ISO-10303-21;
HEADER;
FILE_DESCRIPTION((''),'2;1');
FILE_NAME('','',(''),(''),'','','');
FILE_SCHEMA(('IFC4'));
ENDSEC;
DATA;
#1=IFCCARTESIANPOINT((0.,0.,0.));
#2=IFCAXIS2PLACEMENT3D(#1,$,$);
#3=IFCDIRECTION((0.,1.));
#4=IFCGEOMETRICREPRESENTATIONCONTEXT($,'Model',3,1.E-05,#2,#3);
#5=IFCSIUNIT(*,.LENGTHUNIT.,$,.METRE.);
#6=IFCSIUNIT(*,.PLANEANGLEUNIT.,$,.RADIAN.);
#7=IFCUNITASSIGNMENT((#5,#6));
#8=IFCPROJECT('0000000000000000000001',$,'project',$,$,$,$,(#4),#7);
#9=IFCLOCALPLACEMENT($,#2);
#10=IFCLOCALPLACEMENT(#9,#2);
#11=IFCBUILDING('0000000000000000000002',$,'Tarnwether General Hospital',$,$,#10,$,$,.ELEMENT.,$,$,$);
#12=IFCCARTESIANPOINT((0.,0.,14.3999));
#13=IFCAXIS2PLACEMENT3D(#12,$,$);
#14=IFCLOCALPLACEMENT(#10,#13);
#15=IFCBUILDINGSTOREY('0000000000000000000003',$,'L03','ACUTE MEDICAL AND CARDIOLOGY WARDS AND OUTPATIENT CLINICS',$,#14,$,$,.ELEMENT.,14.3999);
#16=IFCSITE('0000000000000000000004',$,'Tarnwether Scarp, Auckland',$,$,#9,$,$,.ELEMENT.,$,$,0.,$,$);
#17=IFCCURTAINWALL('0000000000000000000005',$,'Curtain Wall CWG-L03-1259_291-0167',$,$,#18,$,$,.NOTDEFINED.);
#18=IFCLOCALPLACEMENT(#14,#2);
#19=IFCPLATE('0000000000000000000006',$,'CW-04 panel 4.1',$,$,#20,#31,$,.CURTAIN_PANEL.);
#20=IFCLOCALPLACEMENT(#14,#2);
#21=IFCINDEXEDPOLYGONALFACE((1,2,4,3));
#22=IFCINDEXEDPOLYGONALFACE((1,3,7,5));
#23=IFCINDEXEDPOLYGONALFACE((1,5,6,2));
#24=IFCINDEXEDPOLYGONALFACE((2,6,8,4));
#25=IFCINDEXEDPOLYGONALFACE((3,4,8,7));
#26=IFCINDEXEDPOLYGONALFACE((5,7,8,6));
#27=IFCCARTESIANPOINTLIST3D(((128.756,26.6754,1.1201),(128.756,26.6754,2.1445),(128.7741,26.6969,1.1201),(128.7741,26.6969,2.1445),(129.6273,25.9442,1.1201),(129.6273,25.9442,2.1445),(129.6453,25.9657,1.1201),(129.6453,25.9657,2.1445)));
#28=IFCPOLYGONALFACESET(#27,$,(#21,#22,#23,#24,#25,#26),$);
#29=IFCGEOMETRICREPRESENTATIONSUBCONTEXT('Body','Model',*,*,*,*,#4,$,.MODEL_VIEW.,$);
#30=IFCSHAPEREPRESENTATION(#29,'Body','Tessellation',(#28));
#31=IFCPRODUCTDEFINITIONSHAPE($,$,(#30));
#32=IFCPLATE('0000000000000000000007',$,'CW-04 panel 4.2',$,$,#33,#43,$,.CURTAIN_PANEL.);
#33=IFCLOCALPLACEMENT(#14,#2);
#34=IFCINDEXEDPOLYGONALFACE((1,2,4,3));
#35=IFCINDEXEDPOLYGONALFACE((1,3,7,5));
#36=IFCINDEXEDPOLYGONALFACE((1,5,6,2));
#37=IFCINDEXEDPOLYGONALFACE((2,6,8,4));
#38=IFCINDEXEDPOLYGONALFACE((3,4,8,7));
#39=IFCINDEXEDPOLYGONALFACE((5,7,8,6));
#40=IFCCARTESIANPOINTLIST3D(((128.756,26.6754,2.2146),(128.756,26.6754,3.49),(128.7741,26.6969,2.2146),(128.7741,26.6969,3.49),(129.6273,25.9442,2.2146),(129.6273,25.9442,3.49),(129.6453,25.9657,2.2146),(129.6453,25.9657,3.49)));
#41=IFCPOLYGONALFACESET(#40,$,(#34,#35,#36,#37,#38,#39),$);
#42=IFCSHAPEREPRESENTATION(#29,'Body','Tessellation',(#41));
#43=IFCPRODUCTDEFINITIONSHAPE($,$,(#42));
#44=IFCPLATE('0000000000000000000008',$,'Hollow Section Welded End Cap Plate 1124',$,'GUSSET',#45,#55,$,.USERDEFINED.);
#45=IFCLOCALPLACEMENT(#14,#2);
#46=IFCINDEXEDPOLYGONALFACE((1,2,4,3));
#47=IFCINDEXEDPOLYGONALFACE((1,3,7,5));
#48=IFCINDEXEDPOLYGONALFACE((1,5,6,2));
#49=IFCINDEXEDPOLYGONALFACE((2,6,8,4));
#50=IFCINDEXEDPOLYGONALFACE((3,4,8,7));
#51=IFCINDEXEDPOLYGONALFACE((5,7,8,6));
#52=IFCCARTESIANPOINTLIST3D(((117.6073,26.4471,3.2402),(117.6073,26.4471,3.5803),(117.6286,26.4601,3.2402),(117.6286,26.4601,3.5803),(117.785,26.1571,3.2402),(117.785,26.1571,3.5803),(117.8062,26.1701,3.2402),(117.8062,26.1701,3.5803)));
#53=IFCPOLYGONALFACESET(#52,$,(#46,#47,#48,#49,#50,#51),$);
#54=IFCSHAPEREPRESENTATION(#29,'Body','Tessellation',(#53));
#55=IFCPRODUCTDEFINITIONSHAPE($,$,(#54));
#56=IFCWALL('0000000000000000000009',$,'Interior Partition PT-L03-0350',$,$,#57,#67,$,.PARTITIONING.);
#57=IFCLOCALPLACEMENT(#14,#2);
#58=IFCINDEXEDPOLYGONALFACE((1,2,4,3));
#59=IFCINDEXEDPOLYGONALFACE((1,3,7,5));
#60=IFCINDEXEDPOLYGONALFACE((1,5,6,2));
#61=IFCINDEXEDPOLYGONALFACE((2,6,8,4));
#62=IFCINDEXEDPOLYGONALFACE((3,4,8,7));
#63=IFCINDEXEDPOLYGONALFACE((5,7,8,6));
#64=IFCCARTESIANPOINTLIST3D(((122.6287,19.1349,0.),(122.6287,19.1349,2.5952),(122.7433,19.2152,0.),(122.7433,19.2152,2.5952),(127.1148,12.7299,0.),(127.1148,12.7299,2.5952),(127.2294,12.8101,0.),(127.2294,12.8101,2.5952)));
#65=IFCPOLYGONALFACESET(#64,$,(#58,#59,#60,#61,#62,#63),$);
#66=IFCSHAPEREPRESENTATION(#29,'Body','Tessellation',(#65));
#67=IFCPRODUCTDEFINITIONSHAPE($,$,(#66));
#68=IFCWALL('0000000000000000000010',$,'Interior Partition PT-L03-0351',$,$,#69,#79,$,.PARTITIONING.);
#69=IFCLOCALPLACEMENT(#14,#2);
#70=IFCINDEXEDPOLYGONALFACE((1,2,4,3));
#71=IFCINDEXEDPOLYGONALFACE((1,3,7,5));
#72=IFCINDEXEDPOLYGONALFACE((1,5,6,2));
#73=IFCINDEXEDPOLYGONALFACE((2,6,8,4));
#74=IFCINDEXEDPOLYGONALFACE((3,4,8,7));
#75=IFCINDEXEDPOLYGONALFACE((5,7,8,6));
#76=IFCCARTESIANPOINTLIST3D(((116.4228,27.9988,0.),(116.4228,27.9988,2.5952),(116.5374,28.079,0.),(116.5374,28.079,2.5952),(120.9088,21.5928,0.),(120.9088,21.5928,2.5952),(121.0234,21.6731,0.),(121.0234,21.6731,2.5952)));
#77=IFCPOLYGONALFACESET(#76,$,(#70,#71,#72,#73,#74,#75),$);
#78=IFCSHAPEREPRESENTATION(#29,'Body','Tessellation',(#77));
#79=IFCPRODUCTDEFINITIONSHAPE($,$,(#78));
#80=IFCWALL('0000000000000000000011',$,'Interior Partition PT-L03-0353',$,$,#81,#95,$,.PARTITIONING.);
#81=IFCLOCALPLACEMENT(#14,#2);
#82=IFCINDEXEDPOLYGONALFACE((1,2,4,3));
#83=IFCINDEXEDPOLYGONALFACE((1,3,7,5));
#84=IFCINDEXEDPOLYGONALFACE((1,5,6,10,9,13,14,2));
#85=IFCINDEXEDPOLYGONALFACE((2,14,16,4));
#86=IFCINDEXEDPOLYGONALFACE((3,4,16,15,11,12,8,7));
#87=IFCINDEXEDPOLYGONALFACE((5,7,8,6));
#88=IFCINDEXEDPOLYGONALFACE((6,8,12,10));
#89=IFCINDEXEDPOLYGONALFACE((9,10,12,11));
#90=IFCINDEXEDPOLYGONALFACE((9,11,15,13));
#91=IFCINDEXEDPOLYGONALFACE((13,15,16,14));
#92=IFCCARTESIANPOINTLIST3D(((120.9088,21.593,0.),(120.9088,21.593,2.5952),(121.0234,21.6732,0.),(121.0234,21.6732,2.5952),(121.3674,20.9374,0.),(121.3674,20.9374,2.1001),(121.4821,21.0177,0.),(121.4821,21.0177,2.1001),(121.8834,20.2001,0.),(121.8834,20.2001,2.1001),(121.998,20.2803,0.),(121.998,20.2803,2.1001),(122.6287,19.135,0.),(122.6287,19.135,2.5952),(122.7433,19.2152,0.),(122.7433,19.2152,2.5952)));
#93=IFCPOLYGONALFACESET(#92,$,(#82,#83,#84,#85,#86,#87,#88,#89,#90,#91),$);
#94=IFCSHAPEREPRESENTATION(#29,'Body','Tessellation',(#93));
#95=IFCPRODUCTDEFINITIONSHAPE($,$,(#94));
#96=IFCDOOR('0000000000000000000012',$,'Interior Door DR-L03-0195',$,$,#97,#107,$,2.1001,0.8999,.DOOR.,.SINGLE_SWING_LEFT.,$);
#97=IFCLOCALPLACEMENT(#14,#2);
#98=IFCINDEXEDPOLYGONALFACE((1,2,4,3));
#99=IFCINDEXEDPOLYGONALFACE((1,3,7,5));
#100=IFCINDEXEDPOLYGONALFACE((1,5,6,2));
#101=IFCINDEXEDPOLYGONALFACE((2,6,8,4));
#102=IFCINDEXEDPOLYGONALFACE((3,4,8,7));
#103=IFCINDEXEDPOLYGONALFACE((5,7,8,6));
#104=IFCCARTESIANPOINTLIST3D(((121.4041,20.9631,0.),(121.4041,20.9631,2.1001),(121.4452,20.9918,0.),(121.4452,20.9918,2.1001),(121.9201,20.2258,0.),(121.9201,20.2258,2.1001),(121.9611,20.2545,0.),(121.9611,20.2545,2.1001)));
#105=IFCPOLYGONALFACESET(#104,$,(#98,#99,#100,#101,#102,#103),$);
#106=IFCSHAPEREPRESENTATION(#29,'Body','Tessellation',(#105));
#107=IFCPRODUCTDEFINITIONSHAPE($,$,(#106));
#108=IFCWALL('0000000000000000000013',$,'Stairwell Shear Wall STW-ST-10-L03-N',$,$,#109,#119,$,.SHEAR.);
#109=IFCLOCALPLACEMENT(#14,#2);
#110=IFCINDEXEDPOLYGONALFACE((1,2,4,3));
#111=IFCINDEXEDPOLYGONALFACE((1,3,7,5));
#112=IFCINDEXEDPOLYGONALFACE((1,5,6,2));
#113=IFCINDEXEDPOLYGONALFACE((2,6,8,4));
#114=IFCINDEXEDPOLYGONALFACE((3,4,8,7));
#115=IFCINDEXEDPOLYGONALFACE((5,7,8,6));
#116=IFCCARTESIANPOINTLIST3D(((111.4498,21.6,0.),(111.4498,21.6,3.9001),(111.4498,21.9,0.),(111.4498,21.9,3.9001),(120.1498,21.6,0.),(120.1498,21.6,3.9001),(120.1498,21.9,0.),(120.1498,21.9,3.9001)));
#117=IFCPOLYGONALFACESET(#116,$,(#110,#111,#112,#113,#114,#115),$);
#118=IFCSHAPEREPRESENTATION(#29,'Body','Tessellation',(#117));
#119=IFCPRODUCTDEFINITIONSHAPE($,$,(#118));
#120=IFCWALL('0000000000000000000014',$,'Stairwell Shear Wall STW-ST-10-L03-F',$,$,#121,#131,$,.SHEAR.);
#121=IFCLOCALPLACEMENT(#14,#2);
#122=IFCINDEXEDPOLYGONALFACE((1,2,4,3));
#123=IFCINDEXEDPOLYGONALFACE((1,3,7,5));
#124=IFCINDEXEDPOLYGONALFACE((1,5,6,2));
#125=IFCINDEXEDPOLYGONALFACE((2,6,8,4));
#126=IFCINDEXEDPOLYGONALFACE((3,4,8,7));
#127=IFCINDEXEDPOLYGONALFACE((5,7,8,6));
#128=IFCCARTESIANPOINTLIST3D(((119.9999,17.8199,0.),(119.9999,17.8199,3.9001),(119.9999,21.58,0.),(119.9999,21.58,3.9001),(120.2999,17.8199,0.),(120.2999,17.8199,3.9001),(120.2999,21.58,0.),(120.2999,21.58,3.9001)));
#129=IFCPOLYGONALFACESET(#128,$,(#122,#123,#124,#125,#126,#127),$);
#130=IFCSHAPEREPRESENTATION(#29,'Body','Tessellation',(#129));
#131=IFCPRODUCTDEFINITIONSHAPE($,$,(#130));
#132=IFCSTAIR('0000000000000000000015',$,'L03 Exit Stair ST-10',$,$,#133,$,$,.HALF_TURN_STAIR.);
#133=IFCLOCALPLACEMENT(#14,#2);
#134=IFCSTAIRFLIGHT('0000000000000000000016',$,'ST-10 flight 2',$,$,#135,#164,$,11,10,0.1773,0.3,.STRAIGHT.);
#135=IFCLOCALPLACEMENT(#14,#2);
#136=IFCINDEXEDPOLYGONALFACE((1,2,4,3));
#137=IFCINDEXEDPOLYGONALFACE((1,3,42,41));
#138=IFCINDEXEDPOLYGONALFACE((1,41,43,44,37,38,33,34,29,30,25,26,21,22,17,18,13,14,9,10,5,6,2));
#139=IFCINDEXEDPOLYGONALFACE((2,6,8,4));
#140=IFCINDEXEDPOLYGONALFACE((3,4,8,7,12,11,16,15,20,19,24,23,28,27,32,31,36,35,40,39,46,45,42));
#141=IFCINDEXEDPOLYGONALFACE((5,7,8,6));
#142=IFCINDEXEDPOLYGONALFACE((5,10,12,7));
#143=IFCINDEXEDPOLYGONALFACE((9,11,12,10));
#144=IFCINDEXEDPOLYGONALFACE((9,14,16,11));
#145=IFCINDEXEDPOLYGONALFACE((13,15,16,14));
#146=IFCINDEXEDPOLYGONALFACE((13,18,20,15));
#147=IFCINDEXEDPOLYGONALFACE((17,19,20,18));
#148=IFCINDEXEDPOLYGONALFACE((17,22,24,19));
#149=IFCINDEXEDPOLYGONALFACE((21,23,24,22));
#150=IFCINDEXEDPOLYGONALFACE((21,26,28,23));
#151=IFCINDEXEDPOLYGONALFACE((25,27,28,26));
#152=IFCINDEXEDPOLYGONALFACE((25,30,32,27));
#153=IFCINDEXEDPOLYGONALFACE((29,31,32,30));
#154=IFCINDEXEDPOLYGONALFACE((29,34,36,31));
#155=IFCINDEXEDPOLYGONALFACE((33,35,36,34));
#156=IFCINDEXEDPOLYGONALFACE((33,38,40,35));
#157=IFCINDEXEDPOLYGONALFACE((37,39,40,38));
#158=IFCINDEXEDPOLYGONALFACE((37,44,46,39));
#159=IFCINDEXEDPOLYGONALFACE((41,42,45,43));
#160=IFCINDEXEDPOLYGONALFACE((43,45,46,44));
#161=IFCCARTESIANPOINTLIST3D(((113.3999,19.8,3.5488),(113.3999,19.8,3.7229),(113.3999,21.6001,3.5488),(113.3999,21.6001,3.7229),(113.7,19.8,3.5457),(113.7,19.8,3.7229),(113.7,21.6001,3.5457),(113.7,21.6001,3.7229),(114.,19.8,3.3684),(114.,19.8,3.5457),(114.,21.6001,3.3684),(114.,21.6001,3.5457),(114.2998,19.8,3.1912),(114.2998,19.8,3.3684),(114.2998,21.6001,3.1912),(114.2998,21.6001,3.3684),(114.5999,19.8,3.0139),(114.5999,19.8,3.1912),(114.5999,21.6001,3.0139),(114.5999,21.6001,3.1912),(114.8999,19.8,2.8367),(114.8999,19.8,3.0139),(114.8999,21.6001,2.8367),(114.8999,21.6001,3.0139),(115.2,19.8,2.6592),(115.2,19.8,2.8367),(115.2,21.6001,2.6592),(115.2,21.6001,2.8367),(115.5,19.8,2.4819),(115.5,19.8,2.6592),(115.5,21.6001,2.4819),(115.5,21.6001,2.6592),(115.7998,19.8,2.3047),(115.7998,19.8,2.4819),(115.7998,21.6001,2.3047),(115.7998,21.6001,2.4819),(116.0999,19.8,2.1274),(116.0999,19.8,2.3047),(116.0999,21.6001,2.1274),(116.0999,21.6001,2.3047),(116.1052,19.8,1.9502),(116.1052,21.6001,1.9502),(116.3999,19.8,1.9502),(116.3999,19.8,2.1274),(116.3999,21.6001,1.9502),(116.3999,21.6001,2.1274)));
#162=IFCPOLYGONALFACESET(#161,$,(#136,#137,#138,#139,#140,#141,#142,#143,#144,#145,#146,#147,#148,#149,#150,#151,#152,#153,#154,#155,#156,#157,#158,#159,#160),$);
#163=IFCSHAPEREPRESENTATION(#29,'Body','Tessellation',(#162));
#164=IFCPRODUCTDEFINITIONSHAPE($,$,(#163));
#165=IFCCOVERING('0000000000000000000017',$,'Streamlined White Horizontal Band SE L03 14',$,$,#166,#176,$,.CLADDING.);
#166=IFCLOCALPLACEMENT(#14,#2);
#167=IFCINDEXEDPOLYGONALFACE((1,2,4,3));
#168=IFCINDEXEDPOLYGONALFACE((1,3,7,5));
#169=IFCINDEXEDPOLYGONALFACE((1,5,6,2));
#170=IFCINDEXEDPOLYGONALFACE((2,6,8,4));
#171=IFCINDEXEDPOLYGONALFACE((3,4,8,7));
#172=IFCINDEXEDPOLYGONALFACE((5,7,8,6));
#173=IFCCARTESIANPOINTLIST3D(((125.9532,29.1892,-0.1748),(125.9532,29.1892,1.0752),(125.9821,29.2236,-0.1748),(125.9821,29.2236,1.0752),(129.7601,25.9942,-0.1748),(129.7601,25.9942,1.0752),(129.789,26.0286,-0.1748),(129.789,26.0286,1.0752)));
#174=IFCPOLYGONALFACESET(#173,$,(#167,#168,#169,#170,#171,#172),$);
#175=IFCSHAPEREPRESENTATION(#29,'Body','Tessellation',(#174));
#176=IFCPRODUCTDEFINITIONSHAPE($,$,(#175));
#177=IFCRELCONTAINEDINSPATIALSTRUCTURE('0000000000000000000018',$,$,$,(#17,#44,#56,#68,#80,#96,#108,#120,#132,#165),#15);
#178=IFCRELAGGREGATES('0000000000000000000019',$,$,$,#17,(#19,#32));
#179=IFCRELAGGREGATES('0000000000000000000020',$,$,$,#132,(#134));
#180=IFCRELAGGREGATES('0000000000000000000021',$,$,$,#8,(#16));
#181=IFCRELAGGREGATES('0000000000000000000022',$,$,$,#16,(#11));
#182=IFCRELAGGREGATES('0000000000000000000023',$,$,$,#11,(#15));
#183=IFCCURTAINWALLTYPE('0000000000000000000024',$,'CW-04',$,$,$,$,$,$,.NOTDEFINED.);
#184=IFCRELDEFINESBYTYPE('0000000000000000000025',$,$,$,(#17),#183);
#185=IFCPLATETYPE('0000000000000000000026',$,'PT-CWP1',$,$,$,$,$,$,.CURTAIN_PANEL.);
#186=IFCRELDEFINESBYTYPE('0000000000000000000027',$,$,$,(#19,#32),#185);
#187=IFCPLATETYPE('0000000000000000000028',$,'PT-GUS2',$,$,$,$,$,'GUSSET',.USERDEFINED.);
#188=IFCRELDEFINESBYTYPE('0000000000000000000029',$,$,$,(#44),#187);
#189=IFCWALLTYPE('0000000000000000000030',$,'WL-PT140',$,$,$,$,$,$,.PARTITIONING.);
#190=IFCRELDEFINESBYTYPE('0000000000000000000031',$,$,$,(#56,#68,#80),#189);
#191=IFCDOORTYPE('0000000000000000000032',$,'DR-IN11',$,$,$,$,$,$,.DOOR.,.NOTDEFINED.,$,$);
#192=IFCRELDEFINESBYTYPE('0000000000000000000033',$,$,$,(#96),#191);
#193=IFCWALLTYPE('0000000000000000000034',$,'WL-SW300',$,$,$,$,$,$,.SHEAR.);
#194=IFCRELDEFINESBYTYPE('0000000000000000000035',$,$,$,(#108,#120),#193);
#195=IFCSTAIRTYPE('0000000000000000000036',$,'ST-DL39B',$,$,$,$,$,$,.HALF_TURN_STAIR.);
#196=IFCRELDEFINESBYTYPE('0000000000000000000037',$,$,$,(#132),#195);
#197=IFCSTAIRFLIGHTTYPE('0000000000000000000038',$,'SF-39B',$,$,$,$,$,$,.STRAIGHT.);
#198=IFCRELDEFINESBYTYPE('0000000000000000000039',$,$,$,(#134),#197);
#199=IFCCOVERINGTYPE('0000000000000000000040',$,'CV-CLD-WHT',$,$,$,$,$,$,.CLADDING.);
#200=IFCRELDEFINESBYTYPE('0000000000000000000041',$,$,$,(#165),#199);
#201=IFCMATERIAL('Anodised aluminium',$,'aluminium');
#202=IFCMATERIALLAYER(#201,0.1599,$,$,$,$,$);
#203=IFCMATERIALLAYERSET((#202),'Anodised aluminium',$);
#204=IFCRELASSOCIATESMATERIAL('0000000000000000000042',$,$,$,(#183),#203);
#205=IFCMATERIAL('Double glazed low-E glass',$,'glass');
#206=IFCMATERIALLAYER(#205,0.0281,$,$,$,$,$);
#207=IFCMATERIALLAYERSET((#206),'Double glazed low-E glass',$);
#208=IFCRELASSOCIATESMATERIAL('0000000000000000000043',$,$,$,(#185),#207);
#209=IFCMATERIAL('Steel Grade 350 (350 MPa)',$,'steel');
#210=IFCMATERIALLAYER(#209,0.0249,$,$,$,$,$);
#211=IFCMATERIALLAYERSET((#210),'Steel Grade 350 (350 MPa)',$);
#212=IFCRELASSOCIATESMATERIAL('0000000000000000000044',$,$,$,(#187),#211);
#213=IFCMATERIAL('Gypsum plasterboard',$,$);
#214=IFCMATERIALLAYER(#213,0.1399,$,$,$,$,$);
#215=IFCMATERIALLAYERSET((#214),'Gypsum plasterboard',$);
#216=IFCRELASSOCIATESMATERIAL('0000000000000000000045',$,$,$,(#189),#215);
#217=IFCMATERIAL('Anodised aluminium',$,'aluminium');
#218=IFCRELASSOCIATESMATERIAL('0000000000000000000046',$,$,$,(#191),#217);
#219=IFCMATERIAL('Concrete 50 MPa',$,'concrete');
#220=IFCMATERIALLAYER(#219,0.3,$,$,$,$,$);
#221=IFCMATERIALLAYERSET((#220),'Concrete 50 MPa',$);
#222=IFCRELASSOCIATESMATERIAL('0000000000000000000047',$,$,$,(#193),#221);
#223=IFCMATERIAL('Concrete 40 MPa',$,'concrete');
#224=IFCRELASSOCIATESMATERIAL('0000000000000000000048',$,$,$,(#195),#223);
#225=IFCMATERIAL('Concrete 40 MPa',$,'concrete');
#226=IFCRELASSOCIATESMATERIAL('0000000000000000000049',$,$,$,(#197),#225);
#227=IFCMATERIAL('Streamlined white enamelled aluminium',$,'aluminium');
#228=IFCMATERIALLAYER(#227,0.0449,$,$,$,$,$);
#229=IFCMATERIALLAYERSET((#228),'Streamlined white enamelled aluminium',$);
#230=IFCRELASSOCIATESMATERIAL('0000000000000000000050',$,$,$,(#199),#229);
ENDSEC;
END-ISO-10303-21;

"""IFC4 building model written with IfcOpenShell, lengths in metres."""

from ifc_helpers import new_model, si_unit, direction, frame, frame_2d, origin, origin_2d, place, context, subcontext, project, spatial, polyline, rectangle, outline, extrude, material, layer, layer_set, type_object, element, fill, aggregate, save


model = new_model("IFC4")

# Units and contexts
model_context = context("Model", 3, precision=1e-05, world=origin(), true_north=direction((0.0, 1.0)))
body_context = subcontext(model_context, "Body", "Model", "MODEL_VIEW")
ifc_project = project(units=[si_unit("LENGTHUNIT", "METRE"), si_unit("PLANEANGLEUNIT", "RADIAN")], contexts=[model_context])

# Site, building, storey
site_placement = place(None, origin())
site = spatial("IfcSite", under=ifc_project, at=site_placement, Name="Tarnwether Scarp, Auckland", CompositionType="ELEMENT", RefElevation=0.0)
building_placement = place(site_placement, origin())
building = spatial("IfcBuilding", under=site, at=building_placement, Name="Tarnwether General Hospital", CompositionType="ELEMENT")
storey_placement = place(building_placement, frame((0.0, 0.0, 14.3999)))
storey = spatial("IfcBuildingStorey", under=building, at=storey_placement, Name="L03", Description="ACUTE MEDICAL AND CARDIOLOGY WARDS AND OUTPATIENT CLINICS", CompositionType="ELEMENT", Elevation=14.3999)

# Curtain wall, plates
ifc_material_1 = material(Name="Anodised aluminium", Category="aluminium")
ifc_layer_1 = layer(ifc_material_1, 0.1599)
ifc_layer_set_1 = layer_set([ifc_layer_1], Name="Anodised aluminium")
curtain_wall_type = type_object("IfcCurtainWallType", Name="CW-04", PredefinedType="NOTDEFINED", material=ifc_layer_set_1)
curtain_wall_placement = place(storey_placement, origin())
curtain_wall = element("IfcCurtainWall", 1, at=curtain_wall_placement, inside=storey, type_object=curtain_wall_type, Name="Curtain Wall CWG-L03-1259_291-0167", PredefinedType="NOTDEFINED")
ifc_material_2 = material(Name="Double glazed low-E glass", Category="glass")
ifc_layer_2 = layer(ifc_material_2, 0.0281)
ifc_layer_set_2 = layer_set([ifc_layer_2], Name="Double glazed low-E glass")
plate_type_1 = type_object("IfcPlateType", Name="PT-CWP1", PredefinedType="CURTAIN_PANEL", material=ifc_layer_set_2)
plate_1_placement = place(storey_placement, frame((129.2007, 26.3206, 1.1201), z_axis=(0.0, 0.0, 1.0), x_axis=(0.76599, -0.642852, 0.0)))
plate_1 = element("IfcPlate", 2, at=plate_1_placement, type_object=plate_type_1, Name="CW-04 panel 4.1", PredefinedType="CURTAIN_PANEL", context=body_context, shape_type="SweptSolid", body=[
    extrude(rectangle(XDim=1.1375, YDim=0.0281, at=origin_2d()), origin(), (0.0, 0.0, 1.0), 1.0244),
])
plate_2_placement = place(storey_placement, frame((129.2007, 26.3206, 2.2146), z_axis=(0.0, 0.0, 1.0), x_axis=(0.76599, -0.642852, 0.0)))
plate_2 = element("IfcPlate", 3, at=plate_2_placement, type_object=plate_type_1, Name="CW-04 panel 4.2", PredefinedType="CURTAIN_PANEL", context=body_context, shape_type="SweptSolid", body=[
    extrude(rectangle(XDim=1.1375, YDim=0.0281, at=origin_2d()), origin(), (0.0, 0.0, 1.0), 1.2754),
])
aggregate(curtain_wall, [plate_1, plate_2])

# Plate
ifc_material_3 = material(Name="Steel Grade 350 (350 MPa)", Category="steel")
ifc_layer_3 = layer(ifc_material_3, 0.0249)
ifc_layer_set_3 = layer_set([ifc_layer_3], Name="Steel Grade 350 (350 MPa)")
plate_type_2 = type_object("IfcPlateType", Name="PT-GUS2", ElementType="GUSSET", PredefinedType="USERDEFINED", material=ifc_layer_set_3)
plate_3_placement = place(storey_placement, frame((117.7068, 26.3086, 3.2402), z_axis=(0.0, 0.0, 1.0), x_axis=(0.852649, 0.522484, 0.0)))
element("IfcPlate", 4, at=plate_3_placement, inside=storey, type_object=plate_type_2, Name="Hollow Section Welded End Cap Plate 1124", ObjectType="GUSSET", PredefinedType="USERDEFINED", context=body_context, shape_type="SweptSolid", body=[
    extrude(rectangle(XDim=0.0249, YDim=0.3401, at=origin_2d()), origin(), (0.0, 0.0, 1.0), 0.3401),
])

# Walls
ifc_material_4 = material(Name="Gypsum plasterboard")
ifc_layer_4 = layer(ifc_material_4, 0.1399)
ifc_layer_set_4 = layer_set([ifc_layer_4], Name="Gypsum plasterboard")
wall_type_1 = type_object("IfcWallType", Name="WL-PT140", PredefinedType="PARTITIONING", material=ifc_layer_set_4)
wall_1_placement = place(storey_placement, frame((122.686, 19.175, 0.0), z_axis=(0.0, 0.0, 1.0), x_axis=(0.573682, -0.819078, 0.0)))
element("IfcWall", 5, at=wall_1_placement, inside=storey, type_object=wall_type_1, Name="Interior Partition PT-L03-0350", PredefinedType="PARTITIONING", context=body_context, shape_type="SweptSolid", body=[
    extrude(rectangle(XDim=7.8198, YDim=0.1399, at=frame_2d((3.9099, 0.0))), origin(), (0.0, 0.0, 1.0), 2.5952),
])
wall_2_placement = place(storey_placement, frame((120.9661, 21.6331, 0.0), z_axis=(0.0, 0.0, 1.0), x_axis=(-0.573624, 0.819119, 0.0)))
element("IfcWall", 6, at=wall_2_placement, inside=storey, type_object=wall_type_1, Name="Interior Partition PT-L03-0351", PredefinedType="PARTITIONING", context=body_context, shape_type="SweptSolid", body=[
    extrude(rectangle(XDim=7.8206, YDim=0.1399, at=frame_2d((3.9102, 0.0))), origin(), (0.0, 0.0, 1.0), 2.5952),
])

# Wall, opening, door
wall_3_placement = place(storey_placement, frame((120.9661, 21.6331, 0.0), z_axis=(0.0, 0.0, 1.0), x_axis=(0.57332, -0.819331, 0.0)))
wall_3 = element("IfcWall", 7, at=wall_3_placement, inside=storey, type_object=wall_type_1, Name="Interior Partition PT-L03-0353", PredefinedType="PARTITIONING", context=body_context, shape_type="SweptSolid", body=[
    extrude(rectangle(XDim=3.0, YDim=0.1399, at=frame_2d((1.5, 0.0))), origin(), (0.0, 0.0, 1.0), 2.5952),
])
opening_placement = place(wall_3_placement, frame((0.8, 0.0, 0.0)))
opening = element("IfcOpeningElement", 8, at=opening_placement, cuts=wall_3, PredefinedType="OPENING", context=body_context, shape_type="SweptSolid", body=[
    extrude(rectangle(XDim=0.8999, YDim=2.1001, at=frame_2d((0.45, 1.05))), frame((0.0, 0.0801, 0.0), z_axis=(0.0, -1.0, 0.0), x_axis=(1.0, 0.0, 0.0)), (0.0, 0.0, 1.0), 0.1599),
])
ifc_material_5 = material(Name="Anodised aluminium", Category="aluminium")
door_type = type_object("IfcDoorType", Name="DR-IN11", OperationType="NOTDEFINED", PredefinedType="DOOR", material=ifc_material_5)
door_placement = place(opening_placement, origin())
door = element("IfcDoor", 9, at=door_placement, inside=storey, type_object=door_type, Name="Interior Door DR-L03-0195", OperationType="SINGLE_SWING_LEFT", OverallHeight=2.1001, OverallWidth=0.8999, PredefinedType="DOOR", context=body_context, shape_type="SweptSolid", body=[
    extrude(rectangle(XDim=0.8999, YDim=2.1001, at=frame_2d((0.45, 1.05))), frame((0.0, 0.0249, 0.0), z_axis=(0.0, -1.0, 0.0), x_axis=(1.0, 0.0, 0.0)), (0.0, 0.0, 1.0), 0.05),
])
fill(opening, door)

# Walls
ifc_material_6 = material(Name="Concrete 50 MPa", Category="concrete")
ifc_layer_5 = layer(ifc_material_6, 0.3)
ifc_layer_set_5 = layer_set([ifc_layer_5], Name="Concrete 50 MPa")
wall_type_2 = type_object("IfcWallType", Name="WL-SW300", PredefinedType="SHEAR", material=ifc_layer_set_5)
wall_4_placement = place(storey_placement, frame((120.1499, 21.75, 0.0), z_axis=(0.0, 0.0, 1.0), x_axis=(-1.0, 0.0, 0.0)))
element("IfcWall", 10, at=wall_4_placement, inside=storey, type_object=wall_type_2, Name="Stairwell Shear Wall STW-ST-10-L03-N", PredefinedType="SHEAR", context=body_context, shape_type="SweptSolid", body=[
    extrude(rectangle(XDim=8.7, YDim=0.3, at=frame_2d((4.3501, 0.0))), origin(), (0.0, 0.0, 1.0), 3.9001),
])
wall_5_placement = place(storey_placement, frame((120.1499, 17.8201, 0.0), z_axis=(0.0, 0.0, 1.0), x_axis=(0.0, 1.0, 0.0)))
element("IfcWall", 11, at=wall_5_placement, inside=storey, type_object=wall_type_2, Name="Stairwell Shear Wall STW-ST-10-L03-F", PredefinedType="SHEAR", context=body_context, shape_type="SweptSolid", body=[
    extrude(rectangle(XDim=3.76, YDim=0.3, at=frame_2d((1.8799, 0.0))), origin(), (0.0, 0.0, 1.0), 3.9001),
])

# Stair, stair flight
ifc_material_7 = material(Name="Concrete 40 MPa", Category="concrete")
stair_type = type_object("IfcStairType", Name="ST-DL39B", PredefinedType="HALF_TURN_STAIR", material=ifc_material_7)
stair_placement = place(storey_placement, origin())
stair = element("IfcStair", 12, at=stair_placement, inside=storey, type_object=stair_type, Name="L03 Exit Stair ST-10", PredefinedType="HALF_TURN_STAIR")
ifc_material_8 = material(Name="Concrete 40 MPa", Category="concrete")
stair_flight_type = type_object("IfcStairFlightType", Name="SF-39B", PredefinedType="STRAIGHT", material=ifc_material_8)
stair_flight_placement = place(storey_placement, frame((116.3999, 20.7, 1.9502), z_axis=(0.0, 0.0, 1.0), x_axis=(-1.0, 0.0, 0.0)))
stair_flight = element("IfcStairFlight", 13, at=stair_flight_placement, type_object=stair_flight_type, Name="ST-10 flight 2", NumberOfRisers=11, NumberOfTreads=10, PredefinedType="STRAIGHT", RiserHeight=0.1773, TreadLength=0.3, context=body_context, shape_type="SweptSolid", body=[
    extrude(outline(polyline([(0.0, 0.0), (0.0, 0.1772), (0.3, 0.1772), (0.3, 0.3545), (0.6001, 0.3545), (0.6001, 0.5317), (0.8999, 0.5317), (0.8999, 0.709), (1.2, 0.709), (1.2, 0.8865), (1.5, 0.8865), (1.5, 1.0637), (1.8, 1.0637), (1.8, 1.241), (2.1001, 1.241), (2.1001, 1.4182), (2.3999, 1.4182), (2.3999, 1.5955), (2.7, 1.5955), (2.7, 1.7727), (3.0, 1.7727), (3.0, 1.95), (3.0, 1.5986), (0.2947, 0.0), (0.0, 0.0)])), frame((0.0, 0.8999, 0.0), z_axis=(0.0, -1.0, 0.0), x_axis=(1.0, 0.0, 0.0)), (0.0, 0.0, 1.0), 1.8),
])
aggregate(stair, [stair_flight])

# Covering
ifc_material_9 = material(Name="Streamlined white enamelled aluminium", Category="aluminium")
ifc_layer_6 = layer(ifc_material_9, 0.0449)
ifc_layer_set_6 = layer_set([ifc_layer_6], Name="Streamlined white enamelled aluminium")
covering_type = type_object("IfcCoveringType", Name="CV-CLD-WHT", PredefinedType="CLADDING", material=ifc_layer_set_6)
covering_placement = place(storey_placement, frame((127.8711, 27.6089, -0.1748), z_axis=(0.0, 0.0, 1.0), x_axis=(0.765988, -0.642854, 0.0)))
element("IfcCovering", 14, at=covering_placement, inside=storey, type_object=covering_type, Name="Streamlined White Horizontal Band SE L03 14", PredefinedType="CLADDING", context=body_context, shape_type="SweptSolid", body=[
    extrude(rectangle(XDim=4.97, YDim=0.0449, at=origin_2d()), origin(), (0.0, 0.0, 1.0), 1.25),
])

save(model, "model.ifc")
